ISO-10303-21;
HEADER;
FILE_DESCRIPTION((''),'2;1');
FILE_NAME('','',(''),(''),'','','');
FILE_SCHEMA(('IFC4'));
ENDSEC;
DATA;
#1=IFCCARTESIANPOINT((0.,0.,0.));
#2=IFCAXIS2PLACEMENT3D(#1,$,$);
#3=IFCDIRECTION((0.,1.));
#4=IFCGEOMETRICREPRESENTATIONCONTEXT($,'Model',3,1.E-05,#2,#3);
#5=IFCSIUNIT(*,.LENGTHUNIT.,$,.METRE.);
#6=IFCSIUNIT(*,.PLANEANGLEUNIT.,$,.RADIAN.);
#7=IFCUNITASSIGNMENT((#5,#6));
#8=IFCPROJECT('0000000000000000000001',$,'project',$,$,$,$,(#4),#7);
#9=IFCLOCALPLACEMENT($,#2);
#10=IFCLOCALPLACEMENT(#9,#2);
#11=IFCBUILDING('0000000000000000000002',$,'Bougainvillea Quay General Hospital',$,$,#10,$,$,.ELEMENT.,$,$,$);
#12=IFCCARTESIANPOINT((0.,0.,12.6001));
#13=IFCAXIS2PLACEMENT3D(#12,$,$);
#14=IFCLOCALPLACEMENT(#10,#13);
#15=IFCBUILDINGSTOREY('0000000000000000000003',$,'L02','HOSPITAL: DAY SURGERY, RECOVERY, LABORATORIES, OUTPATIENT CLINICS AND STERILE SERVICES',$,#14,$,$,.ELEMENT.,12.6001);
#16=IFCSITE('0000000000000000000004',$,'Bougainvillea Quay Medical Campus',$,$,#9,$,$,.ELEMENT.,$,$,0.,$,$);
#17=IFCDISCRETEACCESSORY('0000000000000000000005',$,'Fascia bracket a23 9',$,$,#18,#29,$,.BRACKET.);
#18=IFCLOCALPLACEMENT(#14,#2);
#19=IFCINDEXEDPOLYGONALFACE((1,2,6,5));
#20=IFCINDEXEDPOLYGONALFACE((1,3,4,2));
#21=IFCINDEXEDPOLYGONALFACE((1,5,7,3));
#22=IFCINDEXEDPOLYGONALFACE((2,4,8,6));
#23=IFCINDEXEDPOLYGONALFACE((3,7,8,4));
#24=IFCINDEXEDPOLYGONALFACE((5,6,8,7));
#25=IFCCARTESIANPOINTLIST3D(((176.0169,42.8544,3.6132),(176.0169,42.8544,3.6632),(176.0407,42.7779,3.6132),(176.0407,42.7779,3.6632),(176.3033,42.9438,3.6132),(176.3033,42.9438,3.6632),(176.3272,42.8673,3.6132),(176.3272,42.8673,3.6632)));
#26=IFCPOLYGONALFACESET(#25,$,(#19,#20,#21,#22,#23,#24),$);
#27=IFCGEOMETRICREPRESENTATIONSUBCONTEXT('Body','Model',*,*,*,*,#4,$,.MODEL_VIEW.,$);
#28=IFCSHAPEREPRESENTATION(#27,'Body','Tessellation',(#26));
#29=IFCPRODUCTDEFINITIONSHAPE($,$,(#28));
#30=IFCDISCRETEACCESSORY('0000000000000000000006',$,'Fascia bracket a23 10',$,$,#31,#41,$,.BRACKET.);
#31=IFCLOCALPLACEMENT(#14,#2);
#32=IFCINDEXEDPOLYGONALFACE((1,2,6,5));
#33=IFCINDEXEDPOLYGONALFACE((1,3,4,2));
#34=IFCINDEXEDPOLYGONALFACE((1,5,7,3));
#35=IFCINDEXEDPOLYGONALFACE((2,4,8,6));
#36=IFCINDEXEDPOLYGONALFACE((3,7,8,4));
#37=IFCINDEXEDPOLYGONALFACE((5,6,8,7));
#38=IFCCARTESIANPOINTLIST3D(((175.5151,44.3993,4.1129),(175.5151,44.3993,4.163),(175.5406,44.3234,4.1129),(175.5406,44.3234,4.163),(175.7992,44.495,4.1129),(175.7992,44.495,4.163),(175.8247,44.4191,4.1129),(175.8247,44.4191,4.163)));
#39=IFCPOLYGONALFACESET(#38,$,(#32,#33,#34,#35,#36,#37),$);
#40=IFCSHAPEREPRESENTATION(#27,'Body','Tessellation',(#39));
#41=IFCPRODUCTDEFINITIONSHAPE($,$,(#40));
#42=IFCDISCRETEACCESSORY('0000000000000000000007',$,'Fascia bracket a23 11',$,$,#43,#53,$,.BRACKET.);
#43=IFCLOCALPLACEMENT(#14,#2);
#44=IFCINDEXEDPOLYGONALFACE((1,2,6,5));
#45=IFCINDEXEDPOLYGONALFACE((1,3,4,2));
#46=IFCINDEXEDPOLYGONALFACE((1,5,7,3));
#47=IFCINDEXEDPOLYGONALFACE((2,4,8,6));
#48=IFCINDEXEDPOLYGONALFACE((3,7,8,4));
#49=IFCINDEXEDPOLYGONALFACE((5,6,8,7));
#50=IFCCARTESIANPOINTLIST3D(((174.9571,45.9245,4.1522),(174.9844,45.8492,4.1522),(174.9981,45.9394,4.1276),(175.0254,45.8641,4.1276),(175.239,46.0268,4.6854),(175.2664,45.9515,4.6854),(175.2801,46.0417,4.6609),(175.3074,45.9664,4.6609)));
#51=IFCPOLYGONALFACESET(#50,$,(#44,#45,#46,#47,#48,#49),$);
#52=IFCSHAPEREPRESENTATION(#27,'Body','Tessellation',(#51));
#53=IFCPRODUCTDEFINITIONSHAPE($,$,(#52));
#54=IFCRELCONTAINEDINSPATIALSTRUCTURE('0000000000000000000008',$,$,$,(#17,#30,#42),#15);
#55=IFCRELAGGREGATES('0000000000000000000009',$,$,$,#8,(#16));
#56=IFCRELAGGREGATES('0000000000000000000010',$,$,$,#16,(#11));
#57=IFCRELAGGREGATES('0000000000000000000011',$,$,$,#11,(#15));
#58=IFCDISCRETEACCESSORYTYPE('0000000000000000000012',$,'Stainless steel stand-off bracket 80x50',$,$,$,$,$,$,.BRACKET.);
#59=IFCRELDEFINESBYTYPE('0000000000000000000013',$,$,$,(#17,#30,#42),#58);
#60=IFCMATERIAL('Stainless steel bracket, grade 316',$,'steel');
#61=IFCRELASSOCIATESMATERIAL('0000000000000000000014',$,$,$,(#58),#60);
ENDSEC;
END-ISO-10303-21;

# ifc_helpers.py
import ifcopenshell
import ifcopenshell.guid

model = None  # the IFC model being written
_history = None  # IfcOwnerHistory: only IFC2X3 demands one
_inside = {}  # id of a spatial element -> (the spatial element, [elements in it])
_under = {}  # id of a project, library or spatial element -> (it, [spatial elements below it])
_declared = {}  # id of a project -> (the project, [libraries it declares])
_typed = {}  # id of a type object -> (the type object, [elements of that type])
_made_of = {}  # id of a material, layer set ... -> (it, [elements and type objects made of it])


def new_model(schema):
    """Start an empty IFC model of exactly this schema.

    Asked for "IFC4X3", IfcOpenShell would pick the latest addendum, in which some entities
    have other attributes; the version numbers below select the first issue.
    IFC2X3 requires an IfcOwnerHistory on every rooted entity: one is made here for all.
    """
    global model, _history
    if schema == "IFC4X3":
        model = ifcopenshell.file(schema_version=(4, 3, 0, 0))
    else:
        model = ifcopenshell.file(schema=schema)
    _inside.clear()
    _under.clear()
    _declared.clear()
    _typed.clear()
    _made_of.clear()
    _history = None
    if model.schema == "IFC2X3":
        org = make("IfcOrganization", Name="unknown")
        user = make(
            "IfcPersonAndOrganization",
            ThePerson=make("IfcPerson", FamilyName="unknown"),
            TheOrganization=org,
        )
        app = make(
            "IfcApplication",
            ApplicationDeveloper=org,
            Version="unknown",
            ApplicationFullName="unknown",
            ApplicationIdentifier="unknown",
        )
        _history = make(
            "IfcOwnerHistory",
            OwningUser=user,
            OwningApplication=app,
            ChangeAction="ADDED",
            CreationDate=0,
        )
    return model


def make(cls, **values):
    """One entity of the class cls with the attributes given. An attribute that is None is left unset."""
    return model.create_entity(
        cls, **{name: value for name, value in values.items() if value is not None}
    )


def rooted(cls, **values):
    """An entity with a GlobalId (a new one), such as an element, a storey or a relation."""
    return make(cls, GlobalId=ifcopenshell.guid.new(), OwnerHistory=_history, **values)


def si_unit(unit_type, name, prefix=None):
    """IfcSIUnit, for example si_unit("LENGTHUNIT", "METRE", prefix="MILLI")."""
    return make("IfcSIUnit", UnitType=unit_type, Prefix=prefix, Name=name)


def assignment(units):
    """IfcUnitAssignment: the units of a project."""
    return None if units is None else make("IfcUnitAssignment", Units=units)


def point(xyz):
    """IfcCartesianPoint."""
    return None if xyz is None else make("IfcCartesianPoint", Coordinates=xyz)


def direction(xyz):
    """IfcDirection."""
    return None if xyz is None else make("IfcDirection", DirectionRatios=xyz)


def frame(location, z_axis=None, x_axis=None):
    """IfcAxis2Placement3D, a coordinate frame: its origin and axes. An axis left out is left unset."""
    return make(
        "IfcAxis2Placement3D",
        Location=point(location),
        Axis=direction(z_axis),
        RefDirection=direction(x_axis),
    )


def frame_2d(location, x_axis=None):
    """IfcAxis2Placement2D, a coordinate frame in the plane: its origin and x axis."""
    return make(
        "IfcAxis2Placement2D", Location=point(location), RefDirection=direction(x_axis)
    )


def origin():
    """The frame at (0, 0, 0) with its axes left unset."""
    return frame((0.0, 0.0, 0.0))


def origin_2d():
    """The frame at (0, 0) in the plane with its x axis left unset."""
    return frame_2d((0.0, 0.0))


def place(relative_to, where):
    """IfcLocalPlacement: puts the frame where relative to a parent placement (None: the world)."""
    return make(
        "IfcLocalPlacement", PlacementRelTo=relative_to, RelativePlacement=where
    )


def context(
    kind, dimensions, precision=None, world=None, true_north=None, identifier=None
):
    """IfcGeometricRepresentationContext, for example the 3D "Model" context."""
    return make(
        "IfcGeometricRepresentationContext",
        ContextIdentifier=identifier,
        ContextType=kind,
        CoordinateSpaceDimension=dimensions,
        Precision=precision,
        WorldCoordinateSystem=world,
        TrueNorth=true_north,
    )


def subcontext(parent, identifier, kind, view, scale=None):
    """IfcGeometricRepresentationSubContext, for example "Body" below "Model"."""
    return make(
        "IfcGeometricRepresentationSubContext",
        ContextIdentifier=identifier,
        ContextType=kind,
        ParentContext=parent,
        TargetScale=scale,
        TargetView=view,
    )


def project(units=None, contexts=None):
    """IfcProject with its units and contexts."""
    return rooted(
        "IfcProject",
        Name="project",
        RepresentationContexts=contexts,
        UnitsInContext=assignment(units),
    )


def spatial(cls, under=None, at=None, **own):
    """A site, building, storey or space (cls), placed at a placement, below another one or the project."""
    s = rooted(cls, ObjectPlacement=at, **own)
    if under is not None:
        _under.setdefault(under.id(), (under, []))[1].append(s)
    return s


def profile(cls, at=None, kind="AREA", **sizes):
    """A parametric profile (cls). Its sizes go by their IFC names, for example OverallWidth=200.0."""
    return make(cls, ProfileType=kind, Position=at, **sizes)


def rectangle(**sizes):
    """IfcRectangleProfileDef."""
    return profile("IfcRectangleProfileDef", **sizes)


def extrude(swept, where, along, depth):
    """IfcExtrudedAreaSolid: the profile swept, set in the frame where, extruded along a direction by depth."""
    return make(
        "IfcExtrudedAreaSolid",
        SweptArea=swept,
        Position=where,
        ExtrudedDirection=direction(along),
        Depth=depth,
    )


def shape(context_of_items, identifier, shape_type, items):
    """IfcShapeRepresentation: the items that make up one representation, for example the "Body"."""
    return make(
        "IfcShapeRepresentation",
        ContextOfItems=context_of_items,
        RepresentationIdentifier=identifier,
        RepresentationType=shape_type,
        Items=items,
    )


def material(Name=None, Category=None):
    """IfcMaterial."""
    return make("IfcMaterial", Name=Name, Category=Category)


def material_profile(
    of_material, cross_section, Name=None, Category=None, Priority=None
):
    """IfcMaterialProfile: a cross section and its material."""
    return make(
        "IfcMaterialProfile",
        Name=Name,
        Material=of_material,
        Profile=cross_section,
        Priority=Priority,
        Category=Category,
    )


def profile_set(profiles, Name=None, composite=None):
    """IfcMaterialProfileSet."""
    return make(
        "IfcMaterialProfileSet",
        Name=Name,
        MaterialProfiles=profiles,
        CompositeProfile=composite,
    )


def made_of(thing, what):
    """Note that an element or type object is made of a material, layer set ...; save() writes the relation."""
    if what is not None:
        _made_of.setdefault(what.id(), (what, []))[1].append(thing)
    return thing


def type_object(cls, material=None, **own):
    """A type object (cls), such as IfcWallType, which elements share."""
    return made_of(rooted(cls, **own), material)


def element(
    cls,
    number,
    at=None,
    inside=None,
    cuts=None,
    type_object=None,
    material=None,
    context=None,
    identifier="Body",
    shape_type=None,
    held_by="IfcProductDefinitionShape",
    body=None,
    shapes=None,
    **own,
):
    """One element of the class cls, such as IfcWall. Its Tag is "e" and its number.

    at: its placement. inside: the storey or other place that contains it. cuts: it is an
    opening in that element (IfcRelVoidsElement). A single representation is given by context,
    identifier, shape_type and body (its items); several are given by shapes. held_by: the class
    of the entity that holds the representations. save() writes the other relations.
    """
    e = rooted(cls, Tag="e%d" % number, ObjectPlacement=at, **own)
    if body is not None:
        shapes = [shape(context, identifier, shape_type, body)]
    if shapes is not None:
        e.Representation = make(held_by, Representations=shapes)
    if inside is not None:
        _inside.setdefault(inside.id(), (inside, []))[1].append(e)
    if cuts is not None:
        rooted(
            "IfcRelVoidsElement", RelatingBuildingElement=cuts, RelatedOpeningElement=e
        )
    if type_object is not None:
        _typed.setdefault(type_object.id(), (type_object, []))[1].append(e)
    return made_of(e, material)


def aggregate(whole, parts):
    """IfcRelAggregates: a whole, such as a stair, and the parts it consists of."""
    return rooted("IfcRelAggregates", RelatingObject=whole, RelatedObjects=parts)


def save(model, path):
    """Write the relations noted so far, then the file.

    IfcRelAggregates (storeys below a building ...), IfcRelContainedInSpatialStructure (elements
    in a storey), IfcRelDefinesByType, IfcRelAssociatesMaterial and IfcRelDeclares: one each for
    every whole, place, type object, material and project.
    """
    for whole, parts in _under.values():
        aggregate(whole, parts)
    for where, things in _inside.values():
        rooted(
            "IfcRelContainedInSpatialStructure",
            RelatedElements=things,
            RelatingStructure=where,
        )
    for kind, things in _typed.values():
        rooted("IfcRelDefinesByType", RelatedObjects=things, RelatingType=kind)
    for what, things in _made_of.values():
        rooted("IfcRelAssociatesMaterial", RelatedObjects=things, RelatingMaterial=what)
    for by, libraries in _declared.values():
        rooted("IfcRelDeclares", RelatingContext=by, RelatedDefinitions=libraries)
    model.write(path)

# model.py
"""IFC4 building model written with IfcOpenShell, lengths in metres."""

from ifc_helpers import new_model, si_unit, direction, frame, origin, origin_2d, place, context, subcontext, project, spatial, rectangle, extrude, material, material_profile, profile_set, type_object, element, save


model = new_model("IFC4")

# Units and contexts
model_context = context("Model", 3, precision=1e-05, world=origin(), true_north=direction((0.0, 1.0)))
body_context = subcontext(model_context, "Body", "Model", "MODEL_VIEW")
ifc_project = project(units=[si_unit("LENGTHUNIT", "METRE"), si_unit("PLANEANGLEUNIT", "RADIAN")], contexts=[model_context])

# Site, building, storey
site_placement = place(None, origin())
site = spatial("IfcSite", under=ifc_project, at=site_placement, Name="Bougainvillea Quay Medical Campus", CompositionType="ELEMENT", RefElevation=0.0)
building_placement = place(site_placement, origin())
building = spatial("IfcBuilding", under=site, at=building_placement, Name="Bougainvillea Quay General Hospital", CompositionType="ELEMENT")
storey_placement = place(building_placement, frame((0.0, 0.0, 12.6001)))
storey = spatial("IfcBuildingStorey", under=building, at=storey_placement, Name="L02", Description="HOSPITAL: DAY SURGERY, RECOVERY, LABORATORIES, OUTPATIENT CLINICS AND STERILE SERVICES", CompositionType="ELEMENT", Elevation=12.6001)

# Discrete accessories
ifc_material_1 = material(Name="Stainless steel bracket, grade 316", Category="steel")
ifc_material_profile_1 = material_profile(ifc_material_1, rectangle(XDim=0.0801, YDim=0.05, at=origin_2d()))
ifc_profile_set_1 = profile_set([ifc_material_profile_1], Name="Stainless steel bracket, grade 316")
discrete_accessory_type = type_object("IfcDiscreteAccessoryType", Name="Stainless steel stand-off bracket 80x50", PredefinedType="BRACKET", material=ifc_profile_set_1)
discrete_accessory_1_placement = place(storey_placement, frame((176.0288, 42.8162, 3.6382), z_axis=(0.95461, 0.297858, 0.0), x_axis=(-0.297858, 0.95461, 0.0)))
element("IfcDiscreteAccessory", 1, at=discrete_accessory_1_placement, inside=storey, type_object=discrete_accessory_type, Name="Fascia bracket a23 9", PredefinedType="BRACKET", context=body_context, shape_type="SweptSolid", body=[
    extrude(rectangle(XDim=0.0801, YDim=0.05, at=origin_2d()), origin(), (0.0, 0.0, 1.0), 0.3),
])
discrete_accessory_2_placement = place(storey_placement, frame((175.5278, 44.3613, 4.1379), z_axis=(0.947702, 0.319157, 0.0), x_axis=(-0.319157, 0.947702, 0.0)))
element("IfcDiscreteAccessory", 2, at=discrete_accessory_2_placement, inside=storey, type_object=discrete_accessory_type, Name="Fascia bracket a23 10", PredefinedType="BRACKET", context=body_context, shape_type="SweptSolid", body=[
    extrude(rectangle(XDim=0.0801, YDim=0.05, at=origin_2d()), origin(), (0.0, 0.0, 1.0), 0.2998),
])
discrete_accessory_3_placement = place(storey_placement, frame((174.9912, 45.8943, 4.1399), z_axis=(0.460916, 0.167207, 0.87155), x_axis=(-0.341024, 0.940055, 0.0)))
element("IfcDiscreteAccessory", 3, at=discrete_accessory_3_placement, inside=storey, type_object=discrete_accessory_type, Name="Fascia bracket a23 11", PredefinedType="BRACKET", context=body_context, shape_type="SweptSolid", body=[
    extrude(rectangle(XDim=0.0801, YDim=0.05, at=origin_2d()), origin(), (0.0, 0.0, 1.0), 0.6118),
])

save(model, "model.ifc")
